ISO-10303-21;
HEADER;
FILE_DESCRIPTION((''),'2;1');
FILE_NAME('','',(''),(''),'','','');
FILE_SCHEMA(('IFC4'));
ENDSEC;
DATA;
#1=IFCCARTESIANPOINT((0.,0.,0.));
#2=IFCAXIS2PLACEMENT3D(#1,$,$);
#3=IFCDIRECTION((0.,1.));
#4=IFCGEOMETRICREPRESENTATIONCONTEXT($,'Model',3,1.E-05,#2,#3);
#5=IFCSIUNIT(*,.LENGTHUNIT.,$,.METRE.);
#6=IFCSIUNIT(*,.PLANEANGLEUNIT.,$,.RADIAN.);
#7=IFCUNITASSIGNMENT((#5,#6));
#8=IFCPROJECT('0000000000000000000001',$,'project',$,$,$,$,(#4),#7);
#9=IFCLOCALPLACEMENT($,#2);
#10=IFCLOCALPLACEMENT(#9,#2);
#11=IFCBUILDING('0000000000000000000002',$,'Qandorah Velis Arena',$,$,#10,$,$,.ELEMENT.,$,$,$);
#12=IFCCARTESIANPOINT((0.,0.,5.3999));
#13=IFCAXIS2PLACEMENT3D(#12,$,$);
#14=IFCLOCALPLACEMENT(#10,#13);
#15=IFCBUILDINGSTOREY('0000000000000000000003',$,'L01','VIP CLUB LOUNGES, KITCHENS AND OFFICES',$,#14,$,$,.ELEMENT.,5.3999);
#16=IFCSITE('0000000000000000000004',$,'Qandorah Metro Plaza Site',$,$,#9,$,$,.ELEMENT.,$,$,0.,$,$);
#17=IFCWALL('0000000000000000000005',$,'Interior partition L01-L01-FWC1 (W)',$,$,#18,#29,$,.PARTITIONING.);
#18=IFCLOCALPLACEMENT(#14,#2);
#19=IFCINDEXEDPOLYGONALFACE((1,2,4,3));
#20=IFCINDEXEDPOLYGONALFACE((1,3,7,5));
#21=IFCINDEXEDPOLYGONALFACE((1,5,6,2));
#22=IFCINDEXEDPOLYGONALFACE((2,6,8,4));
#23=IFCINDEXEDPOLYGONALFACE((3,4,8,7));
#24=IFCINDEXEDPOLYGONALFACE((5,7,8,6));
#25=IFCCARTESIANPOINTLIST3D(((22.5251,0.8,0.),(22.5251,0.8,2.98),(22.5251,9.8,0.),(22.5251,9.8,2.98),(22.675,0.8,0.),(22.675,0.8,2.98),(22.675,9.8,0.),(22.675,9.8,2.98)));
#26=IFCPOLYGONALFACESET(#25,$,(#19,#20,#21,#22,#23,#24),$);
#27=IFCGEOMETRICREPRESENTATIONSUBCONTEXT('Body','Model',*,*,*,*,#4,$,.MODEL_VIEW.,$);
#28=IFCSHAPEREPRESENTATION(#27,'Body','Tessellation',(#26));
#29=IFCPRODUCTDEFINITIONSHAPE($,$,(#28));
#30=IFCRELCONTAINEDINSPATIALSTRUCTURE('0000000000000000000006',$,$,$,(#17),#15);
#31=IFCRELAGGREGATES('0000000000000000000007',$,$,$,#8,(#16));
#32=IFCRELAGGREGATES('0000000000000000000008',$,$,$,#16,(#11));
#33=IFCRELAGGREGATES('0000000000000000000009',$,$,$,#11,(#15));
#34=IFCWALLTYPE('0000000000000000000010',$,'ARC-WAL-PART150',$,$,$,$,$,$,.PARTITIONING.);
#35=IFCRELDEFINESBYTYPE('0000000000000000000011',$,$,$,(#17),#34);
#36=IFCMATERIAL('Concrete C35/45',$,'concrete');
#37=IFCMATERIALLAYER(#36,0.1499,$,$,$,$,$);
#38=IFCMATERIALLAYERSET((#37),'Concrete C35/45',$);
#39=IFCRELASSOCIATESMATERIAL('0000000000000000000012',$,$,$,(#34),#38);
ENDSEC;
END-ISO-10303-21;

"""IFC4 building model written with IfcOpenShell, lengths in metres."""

from ifc_helpers import new_model, si_unit, direction, frame, frame_2d, origin, place, context, subcontext, project, spatial, rectangle, extrude, material, layer, layer_set, type_object, element, save


model = new_model("IFC4")

# Units and contexts
model_context = context("Model", 3, precision=1e-05, world=origin(), true_north=direction((0.0, 1.0)))
body_context = subcontext(model_context, "Body", "Model", "MODEL_VIEW")
ifc_project = project(units=[si_unit("LENGTHUNIT", "METRE"), si_unit("PLANEANGLEUNIT", "RADIAN")], contexts=[model_context])

# Site, building, storey
site_placement = place(None, origin())
site = spatial("IfcSite", under=ifc_project, at=site_placement, Name="Qandorah Metro Plaza Site", CompositionType="ELEMENT", RefElevation=0.0)
building_placement = place(site_placement, origin())
building = spatial("IfcBuilding", under=site, at=building_placement, Name="Qandorah Velis Arena", CompositionType="ELEMENT")
storey_placement = place(building_placement, frame((0.0, 0.0, 5.3999)))
storey = spatial("IfcBuildingStorey", under=building, at=storey_placement, Name="L01", Description="VIP CLUB LOUNGES, KITCHENS AND OFFICES", CompositionType="ELEMENT", Elevation=5.3999)

# Shared definitions
ifc_material_1 = material(Name="Concrete C35/45", Category="concrete")
ifc_layer = layer(ifc_material_1, 0.1499)
ifc_layer_set = layer_set([ifc_layer], Name="Concrete C35/45")
wall_type = type_object("IfcWallType", Name="ARC-WAL-PART150", PredefinedType="PARTITIONING", material=ifc_layer_set)

# Wall
for number, where, z_axis, x_axis, name in (
    (1, (22.6001, 9.8, 0.0), (0.0, 0.0, 1.0), (0.0, -1.0, 0.0), "Interior partition L01-L01-FWC1 (W)"),
):
    element("IfcWall", number, at=place(storey_placement, frame(where, z_axis=z_axis, x_axis=x_axis)), inside=storey, type_object=wall_type, Name=name, PredefinedType="PARTITIONING", context=body_context, shape_type="SweptSolid", body=[
        extrude(rectangle(XDim=9.0, YDim=0.1499, at=frame_2d((4.5, 0.0))), origin(), (0.0, 0.0, 1.0), 2.98),
    ])

save(model, "model.ifc")
